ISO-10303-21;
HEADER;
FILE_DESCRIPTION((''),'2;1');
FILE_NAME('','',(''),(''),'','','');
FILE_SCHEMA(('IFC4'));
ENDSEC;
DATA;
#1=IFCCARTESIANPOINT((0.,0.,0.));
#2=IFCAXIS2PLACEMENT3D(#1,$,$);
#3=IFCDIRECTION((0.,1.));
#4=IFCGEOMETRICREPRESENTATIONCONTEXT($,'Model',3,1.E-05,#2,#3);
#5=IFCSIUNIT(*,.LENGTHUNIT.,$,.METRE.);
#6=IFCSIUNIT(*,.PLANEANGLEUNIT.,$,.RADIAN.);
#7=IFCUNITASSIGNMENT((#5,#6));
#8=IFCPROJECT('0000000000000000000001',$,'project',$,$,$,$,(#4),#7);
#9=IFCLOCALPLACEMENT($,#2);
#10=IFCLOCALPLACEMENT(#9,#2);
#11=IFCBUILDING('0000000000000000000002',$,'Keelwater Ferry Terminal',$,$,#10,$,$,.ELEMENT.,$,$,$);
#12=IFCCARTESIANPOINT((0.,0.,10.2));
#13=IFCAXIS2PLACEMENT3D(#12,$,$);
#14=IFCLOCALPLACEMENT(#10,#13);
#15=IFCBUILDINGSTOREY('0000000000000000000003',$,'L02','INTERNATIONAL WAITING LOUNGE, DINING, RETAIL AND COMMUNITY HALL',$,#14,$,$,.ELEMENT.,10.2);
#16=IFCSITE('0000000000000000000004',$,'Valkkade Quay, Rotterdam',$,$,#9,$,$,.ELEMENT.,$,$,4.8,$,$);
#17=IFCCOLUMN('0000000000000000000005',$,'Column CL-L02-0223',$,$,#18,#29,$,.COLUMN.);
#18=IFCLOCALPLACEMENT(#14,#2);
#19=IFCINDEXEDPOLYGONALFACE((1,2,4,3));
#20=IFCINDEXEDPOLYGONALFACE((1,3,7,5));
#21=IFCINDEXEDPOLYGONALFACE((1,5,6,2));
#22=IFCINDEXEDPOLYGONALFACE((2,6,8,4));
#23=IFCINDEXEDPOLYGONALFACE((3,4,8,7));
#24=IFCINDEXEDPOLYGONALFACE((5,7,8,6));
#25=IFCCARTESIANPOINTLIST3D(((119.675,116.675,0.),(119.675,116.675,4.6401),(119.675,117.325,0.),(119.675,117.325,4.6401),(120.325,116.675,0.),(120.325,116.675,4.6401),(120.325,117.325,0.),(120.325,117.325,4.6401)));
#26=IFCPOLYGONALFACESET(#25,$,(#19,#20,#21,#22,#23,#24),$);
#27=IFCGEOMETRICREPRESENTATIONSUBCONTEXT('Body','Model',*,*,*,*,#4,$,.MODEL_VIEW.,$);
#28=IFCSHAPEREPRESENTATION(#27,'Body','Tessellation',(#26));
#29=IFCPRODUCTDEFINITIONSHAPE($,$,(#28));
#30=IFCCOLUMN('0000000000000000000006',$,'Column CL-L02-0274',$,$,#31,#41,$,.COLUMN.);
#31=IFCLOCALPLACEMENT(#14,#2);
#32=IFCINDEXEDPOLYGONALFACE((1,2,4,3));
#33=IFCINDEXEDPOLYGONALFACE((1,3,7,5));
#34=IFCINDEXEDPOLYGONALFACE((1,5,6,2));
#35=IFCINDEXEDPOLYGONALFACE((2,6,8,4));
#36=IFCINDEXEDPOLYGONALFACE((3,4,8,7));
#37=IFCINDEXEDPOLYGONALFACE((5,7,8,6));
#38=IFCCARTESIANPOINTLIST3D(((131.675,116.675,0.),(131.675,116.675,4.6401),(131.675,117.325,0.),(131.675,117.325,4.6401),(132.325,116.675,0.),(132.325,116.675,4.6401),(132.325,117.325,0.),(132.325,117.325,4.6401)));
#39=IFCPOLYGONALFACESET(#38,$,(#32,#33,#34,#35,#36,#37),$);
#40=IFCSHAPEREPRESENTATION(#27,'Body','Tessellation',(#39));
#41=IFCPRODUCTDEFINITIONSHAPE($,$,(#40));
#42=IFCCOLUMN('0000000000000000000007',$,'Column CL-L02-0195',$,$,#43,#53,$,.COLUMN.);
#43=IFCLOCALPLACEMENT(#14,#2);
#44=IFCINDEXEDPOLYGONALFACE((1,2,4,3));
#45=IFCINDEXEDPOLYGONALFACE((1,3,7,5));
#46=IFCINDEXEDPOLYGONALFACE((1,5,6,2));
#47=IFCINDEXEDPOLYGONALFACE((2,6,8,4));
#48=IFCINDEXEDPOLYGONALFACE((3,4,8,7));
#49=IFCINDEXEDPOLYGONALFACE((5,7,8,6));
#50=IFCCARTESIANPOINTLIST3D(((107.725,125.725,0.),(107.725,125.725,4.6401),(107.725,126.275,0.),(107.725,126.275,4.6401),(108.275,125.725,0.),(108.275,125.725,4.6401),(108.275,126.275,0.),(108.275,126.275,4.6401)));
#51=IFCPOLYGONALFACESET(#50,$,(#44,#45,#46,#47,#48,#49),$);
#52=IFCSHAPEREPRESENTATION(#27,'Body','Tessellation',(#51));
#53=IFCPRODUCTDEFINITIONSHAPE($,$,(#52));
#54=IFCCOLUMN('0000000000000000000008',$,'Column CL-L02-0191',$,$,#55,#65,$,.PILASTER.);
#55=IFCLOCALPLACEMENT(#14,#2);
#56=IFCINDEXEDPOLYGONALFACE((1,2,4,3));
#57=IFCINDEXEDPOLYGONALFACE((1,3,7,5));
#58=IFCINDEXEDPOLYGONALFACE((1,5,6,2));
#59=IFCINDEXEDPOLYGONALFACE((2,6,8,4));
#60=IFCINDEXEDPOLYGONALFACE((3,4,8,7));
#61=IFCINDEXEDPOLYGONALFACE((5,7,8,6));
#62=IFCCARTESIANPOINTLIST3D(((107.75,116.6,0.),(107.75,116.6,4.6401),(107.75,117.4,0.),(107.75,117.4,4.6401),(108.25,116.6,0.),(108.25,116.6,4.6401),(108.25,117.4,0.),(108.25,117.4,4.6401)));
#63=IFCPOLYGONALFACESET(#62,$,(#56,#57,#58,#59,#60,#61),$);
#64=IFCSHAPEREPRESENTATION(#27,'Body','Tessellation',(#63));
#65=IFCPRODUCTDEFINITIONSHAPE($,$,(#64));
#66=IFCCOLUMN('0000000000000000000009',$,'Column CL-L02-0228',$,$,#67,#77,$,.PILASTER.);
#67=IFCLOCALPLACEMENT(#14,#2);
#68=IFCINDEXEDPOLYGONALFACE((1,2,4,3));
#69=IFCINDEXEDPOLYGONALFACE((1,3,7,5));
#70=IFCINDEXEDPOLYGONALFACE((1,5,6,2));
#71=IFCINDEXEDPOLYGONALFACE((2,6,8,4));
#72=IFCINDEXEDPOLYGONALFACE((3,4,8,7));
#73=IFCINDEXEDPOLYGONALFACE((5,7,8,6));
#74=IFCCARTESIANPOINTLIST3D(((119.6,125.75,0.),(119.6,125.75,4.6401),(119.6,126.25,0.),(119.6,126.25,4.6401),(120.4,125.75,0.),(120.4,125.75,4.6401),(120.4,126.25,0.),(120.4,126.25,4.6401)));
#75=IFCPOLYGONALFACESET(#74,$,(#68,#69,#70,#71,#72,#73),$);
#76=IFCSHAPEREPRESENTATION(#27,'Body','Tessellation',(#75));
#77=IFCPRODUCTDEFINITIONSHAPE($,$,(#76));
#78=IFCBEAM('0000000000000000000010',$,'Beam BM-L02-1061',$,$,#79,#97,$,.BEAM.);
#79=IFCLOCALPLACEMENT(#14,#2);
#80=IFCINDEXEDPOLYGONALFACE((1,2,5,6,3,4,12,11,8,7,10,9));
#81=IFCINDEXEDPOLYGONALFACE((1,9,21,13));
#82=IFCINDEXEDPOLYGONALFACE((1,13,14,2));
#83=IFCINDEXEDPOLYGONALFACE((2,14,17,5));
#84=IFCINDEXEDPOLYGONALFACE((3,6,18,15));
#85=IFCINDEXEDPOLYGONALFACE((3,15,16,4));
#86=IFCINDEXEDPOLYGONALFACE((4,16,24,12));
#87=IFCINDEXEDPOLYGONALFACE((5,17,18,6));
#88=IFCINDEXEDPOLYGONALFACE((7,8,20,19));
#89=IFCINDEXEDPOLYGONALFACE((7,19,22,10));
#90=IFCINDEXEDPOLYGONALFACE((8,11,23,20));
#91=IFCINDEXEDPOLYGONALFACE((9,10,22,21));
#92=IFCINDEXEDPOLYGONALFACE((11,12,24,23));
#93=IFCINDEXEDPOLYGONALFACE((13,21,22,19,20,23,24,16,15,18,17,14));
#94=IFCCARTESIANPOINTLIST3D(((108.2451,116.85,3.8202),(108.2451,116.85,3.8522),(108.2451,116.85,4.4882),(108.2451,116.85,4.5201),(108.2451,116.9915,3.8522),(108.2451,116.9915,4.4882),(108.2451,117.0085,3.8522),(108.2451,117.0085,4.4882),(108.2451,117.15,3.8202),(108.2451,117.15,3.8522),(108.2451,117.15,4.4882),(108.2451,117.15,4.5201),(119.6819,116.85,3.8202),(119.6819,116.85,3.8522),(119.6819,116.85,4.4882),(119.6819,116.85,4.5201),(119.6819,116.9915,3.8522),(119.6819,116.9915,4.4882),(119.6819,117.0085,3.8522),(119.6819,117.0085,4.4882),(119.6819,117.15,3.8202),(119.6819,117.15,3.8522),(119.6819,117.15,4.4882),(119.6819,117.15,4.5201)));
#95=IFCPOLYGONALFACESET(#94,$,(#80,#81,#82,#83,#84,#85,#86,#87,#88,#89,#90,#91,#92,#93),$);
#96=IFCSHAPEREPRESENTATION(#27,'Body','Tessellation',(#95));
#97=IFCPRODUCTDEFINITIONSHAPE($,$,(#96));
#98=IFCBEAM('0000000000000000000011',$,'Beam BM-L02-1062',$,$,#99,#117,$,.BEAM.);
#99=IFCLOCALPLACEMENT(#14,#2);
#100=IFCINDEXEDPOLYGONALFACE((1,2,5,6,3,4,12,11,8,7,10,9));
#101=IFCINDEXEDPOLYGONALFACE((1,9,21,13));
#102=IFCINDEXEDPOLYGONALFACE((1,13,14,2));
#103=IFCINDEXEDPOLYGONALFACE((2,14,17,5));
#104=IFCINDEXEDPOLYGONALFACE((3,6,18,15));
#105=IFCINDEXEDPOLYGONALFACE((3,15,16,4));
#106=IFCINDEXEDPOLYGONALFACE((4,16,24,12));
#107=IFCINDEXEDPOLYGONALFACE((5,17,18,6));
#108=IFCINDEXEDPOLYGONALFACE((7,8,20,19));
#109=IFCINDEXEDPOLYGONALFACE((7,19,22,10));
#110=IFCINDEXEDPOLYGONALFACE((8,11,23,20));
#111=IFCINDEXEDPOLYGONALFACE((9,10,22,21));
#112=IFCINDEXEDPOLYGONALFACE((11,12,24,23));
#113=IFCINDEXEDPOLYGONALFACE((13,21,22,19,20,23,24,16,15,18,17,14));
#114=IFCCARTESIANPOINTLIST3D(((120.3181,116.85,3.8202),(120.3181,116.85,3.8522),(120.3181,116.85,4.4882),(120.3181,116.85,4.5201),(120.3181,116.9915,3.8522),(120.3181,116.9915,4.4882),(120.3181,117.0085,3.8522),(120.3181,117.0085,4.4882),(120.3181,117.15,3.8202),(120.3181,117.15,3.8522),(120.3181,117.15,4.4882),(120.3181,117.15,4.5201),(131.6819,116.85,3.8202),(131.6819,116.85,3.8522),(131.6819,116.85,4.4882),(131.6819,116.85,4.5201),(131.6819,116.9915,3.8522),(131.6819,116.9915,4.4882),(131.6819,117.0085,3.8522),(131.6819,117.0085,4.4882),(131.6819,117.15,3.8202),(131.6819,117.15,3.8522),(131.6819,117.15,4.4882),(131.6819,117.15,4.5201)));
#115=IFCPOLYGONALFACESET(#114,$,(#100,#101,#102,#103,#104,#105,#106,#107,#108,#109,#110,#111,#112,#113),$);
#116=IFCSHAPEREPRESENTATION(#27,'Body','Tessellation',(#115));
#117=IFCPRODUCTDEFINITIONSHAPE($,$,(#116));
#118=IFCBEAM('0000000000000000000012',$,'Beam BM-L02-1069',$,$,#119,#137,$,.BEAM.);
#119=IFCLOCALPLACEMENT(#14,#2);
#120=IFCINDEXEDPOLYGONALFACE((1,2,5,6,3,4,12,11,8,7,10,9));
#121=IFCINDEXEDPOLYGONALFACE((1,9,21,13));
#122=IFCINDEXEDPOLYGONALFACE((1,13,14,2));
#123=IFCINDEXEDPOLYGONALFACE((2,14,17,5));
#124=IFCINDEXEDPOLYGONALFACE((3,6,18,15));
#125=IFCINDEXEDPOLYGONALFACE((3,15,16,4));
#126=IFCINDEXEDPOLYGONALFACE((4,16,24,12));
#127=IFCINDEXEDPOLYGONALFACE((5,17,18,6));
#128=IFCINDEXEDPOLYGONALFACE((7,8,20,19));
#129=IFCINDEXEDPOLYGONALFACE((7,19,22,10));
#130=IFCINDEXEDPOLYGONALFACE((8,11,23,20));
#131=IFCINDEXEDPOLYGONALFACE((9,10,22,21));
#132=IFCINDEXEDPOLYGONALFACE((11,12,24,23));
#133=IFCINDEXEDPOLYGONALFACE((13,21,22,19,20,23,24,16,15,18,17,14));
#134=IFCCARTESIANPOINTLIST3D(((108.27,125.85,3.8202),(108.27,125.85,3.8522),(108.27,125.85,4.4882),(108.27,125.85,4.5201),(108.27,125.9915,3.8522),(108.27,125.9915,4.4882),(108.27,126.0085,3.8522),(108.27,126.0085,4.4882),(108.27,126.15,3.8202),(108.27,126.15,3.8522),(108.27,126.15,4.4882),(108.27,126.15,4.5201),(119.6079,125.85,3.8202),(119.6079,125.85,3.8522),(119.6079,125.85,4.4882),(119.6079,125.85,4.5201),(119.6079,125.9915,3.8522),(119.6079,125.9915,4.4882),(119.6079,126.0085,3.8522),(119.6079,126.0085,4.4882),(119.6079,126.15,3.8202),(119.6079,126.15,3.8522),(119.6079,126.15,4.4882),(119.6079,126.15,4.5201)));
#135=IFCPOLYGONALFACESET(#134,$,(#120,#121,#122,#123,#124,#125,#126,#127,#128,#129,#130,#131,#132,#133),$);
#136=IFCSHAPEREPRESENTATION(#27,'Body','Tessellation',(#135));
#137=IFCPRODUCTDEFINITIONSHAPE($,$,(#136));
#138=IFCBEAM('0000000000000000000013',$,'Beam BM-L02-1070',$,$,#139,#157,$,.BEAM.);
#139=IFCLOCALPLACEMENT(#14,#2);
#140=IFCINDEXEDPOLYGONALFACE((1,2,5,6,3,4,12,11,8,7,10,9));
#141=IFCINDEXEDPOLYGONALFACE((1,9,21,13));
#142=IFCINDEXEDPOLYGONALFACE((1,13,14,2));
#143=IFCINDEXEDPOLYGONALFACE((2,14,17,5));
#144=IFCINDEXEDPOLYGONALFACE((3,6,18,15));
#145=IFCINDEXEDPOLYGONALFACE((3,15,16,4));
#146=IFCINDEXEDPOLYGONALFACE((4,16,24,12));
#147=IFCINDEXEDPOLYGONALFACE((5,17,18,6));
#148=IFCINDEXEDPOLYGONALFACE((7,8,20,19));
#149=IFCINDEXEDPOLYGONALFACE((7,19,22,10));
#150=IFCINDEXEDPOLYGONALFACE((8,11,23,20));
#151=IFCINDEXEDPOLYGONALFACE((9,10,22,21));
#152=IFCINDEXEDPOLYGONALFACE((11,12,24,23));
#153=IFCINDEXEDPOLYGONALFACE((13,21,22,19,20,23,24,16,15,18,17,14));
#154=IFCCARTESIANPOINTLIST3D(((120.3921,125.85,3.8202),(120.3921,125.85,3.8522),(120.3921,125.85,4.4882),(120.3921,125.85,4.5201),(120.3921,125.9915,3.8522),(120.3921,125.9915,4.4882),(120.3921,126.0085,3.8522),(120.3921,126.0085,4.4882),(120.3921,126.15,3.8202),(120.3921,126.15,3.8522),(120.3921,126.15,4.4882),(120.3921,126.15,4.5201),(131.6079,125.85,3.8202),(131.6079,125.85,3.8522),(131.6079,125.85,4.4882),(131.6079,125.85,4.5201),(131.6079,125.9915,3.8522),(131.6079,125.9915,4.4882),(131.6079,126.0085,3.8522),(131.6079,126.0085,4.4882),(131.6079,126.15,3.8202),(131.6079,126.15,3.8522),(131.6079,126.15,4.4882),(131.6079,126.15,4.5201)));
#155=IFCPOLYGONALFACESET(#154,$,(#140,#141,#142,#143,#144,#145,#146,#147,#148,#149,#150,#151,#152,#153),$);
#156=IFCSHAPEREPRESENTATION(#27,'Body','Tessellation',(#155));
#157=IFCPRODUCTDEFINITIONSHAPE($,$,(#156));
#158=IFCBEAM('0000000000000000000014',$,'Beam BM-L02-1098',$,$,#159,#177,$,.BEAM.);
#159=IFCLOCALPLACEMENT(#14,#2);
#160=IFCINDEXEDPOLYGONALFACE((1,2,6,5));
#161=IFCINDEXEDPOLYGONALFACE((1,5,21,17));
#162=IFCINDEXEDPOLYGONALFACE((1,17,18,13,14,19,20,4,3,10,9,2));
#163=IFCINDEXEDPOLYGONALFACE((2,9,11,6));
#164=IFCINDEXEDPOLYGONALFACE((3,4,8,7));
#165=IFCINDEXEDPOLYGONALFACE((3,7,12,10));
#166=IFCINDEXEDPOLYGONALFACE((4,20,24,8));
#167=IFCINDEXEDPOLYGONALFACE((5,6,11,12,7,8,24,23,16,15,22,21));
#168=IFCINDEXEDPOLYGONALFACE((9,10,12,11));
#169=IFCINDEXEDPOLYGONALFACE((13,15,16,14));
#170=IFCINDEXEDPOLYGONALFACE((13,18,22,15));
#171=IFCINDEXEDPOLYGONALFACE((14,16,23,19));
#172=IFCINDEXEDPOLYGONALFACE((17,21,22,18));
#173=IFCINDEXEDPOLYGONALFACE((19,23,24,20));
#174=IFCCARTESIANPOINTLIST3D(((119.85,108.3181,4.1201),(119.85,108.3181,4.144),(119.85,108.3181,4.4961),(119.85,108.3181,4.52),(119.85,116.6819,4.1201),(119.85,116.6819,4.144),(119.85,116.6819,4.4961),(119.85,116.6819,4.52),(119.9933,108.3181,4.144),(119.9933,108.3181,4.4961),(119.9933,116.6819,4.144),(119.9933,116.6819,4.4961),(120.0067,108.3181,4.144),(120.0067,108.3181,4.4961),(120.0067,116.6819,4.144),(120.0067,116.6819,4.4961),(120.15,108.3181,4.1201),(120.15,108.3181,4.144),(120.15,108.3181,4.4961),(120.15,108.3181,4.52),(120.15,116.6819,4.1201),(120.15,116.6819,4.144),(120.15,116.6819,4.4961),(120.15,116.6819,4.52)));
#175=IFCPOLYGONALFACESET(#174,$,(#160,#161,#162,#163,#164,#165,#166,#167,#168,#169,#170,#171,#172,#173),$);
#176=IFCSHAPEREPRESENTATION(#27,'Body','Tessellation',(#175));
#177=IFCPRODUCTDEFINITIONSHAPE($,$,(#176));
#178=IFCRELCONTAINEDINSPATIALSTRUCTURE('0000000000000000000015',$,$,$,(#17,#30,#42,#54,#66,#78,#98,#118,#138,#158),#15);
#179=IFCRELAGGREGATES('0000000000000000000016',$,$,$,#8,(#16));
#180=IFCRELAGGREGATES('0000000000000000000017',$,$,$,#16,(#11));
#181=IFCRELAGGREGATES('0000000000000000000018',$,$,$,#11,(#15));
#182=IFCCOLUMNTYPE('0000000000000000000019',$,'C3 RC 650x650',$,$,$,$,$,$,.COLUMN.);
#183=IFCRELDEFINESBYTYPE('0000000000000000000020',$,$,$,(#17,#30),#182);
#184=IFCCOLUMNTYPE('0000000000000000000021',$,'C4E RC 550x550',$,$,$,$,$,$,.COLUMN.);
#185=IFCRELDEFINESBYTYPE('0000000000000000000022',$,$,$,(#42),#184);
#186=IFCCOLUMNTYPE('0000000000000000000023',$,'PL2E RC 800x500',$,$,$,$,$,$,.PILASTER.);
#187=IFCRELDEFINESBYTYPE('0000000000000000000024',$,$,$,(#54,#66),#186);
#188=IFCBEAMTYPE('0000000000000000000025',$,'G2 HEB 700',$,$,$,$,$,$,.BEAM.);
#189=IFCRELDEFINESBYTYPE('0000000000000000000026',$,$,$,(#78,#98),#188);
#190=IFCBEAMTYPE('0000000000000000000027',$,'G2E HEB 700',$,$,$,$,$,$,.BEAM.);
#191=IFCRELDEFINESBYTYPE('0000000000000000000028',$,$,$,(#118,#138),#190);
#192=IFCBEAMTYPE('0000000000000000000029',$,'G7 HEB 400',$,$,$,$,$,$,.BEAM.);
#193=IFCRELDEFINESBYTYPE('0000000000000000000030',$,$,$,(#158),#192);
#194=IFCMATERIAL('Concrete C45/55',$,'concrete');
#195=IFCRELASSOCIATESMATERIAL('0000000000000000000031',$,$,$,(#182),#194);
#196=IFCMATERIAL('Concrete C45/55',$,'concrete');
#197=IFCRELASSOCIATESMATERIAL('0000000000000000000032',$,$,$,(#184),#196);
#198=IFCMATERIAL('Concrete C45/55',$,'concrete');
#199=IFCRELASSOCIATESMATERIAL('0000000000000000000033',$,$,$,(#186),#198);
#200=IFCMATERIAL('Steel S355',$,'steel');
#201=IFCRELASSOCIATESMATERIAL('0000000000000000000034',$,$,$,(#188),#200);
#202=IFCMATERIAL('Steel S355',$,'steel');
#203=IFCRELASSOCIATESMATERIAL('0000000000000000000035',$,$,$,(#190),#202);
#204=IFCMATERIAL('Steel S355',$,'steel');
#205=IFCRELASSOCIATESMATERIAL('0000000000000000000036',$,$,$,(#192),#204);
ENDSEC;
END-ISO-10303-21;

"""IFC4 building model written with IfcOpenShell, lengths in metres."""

from ifc_helpers import new_model, si_unit, direction, frame, origin, origin_2d, place, context, subcontext, project, spatial, rectangle, i_section, extrude, material, material_profile, profile_set, type_object, element, save


model = new_model("IFC4")

# Units and contexts
model_context = context("Model", 3, precision=1e-05, world=origin(), true_north=direction((0.0, 1.0)))
body_context = subcontext(model_context, "Body", "Model", "MODEL_VIEW")
ifc_project = project(units=[si_unit("LENGTHUNIT", "METRE"), si_unit("PLANEANGLEUNIT", "RADIAN")], contexts=[model_context])

# Site, building, storey
site_placement = place(None, origin())
site = spatial("IfcSite", under=ifc_project, at=site_placement, Name="Valkkade Quay, Rotterdam", CompositionType="ELEMENT", RefElevation=4.8)
building_placement = place(site_placement, origin())
building = spatial("IfcBuilding", under=site, at=building_placement, Name="Keelwater Ferry Terminal", CompositionType="ELEMENT")
storey_placement = place(building_placement, frame((0.0, 0.0, 10.2)))
storey = spatial("IfcBuildingStorey", under=building, at=storey_placement, Name="L02", Description="INTERNATIONAL WAITING LOUNGE, DINING, RETAIL AND COMMUNITY HALL", CompositionType="ELEMENT", Elevation=10.2)

# Columns
ifc_material_1 = material(Name="Concrete C45/55", Category="concrete")
ifc_material_profile_1 = material_profile(ifc_material_1, rectangle(XDim=0.6499, YDim=0.6499, at=origin_2d()), Name="RC 650x650")
ifc_profile_set_1 = profile_set([ifc_material_profile_1], Name="Concrete C45/55")
column_type_1 = type_object("IfcColumnType", Name="C3 RC 650x650", PredefinedType="COLUMN", material=ifc_profile_set_1)
for number, where, z_axis, x_axis, name in (
    (1, (120.0, 117.0, 0.0), (0.0, 0.0, 1.0), (1.0, 0.0, 0.0), "Column CL-L02-0223"),
    (2, (132.0, 117.0, 0.0), (0.0, 0.0, 1.0), (1.0, 0.0, 0.0), "Column CL-L02-0274"),
):
    element("IfcColumn", number, at=place(storey_placement, frame(where, z_axis=z_axis, x_axis=x_axis)), inside=storey, type_object=column_type_1, Name=name, PredefinedType="COLUMN", context=body_context, shape_type="SweptSolid", body=[
        extrude(rectangle(XDim=0.6499, YDim=0.6499, at=origin_2d()), origin(), (0.0, 0.0, 1.0), 4.6401),
    ])
ifc_material_2 = material(Name="Concrete C45/55", Category="concrete")
ifc_material_profile_2 = material_profile(ifc_material_2, rectangle(XDim=0.55, YDim=0.55, at=origin_2d()), Name="RC 550x550")
ifc_profile_set_2 = profile_set([ifc_material_profile_2], Name="Concrete C45/55")
column_type_2 = type_object("IfcColumnType", Name="C4E RC 550x550", PredefinedType="COLUMN", material=ifc_profile_set_2)
column_placement = place(storey_placement, frame((108.0, 126.0, 0.0), z_axis=(0.0, 0.0, 1.0), x_axis=(1.0, 0.0, 0.0)))
element("IfcColumn", 3, at=column_placement, inside=storey, type_object=column_type_2, Name="Column CL-L02-0195", PredefinedType="COLUMN", context=body_context, shape_type="SweptSolid", body=[
    extrude(rectangle(XDim=0.55, YDim=0.55, at=origin_2d()), origin(), (0.0, 0.0, 1.0), 4.6401),
])
ifc_material_3 = material(Name="Concrete C45/55", Category="concrete")
ifc_material_profile_3 = material_profile(ifc_material_3, rectangle(XDim=0.5, YDim=0.8, at=origin_2d()), Name="RC 800x500")
ifc_profile_set_3 = profile_set([ifc_material_profile_3], Name="Concrete C45/55")
column_type_3 = type_object("IfcColumnType", Name="PL2E RC 800x500", PredefinedType="PILASTER", material=ifc_profile_set_3)
for number, where, z_axis, x_axis, name in (
    (4, (108.0, 117.0, 0.0), (0.0, 0.0, 1.0), (1.0, 0.0, 0.0), "Column CL-L02-0191"),
    (5, (120.0, 126.0, 0.0), (0.0, 0.0, 1.0), (0.0, 1.0, 0.0), "Column CL-L02-0228"),
):
    element("IfcColumn", number, at=place(storey_placement, frame(where, z_axis=z_axis, x_axis=x_axis)), inside=storey, type_object=column_type_3, Name=name, PredefinedType="PILASTER", context=body_context, shape_type="SweptSolid", body=[
        extrude(rectangle(XDim=0.5, YDim=0.8, at=origin_2d()), origin(), (0.0, 0.0, 1.0), 4.6401),
    ])

# Beams
ifc_material_4 = material(Name="Steel S355", Category="steel")
ifc_material_profile_4 = material_profile(ifc_material_4, i_section(OverallWidth=0.3, OverallDepth=0.7, WebThickness=0.0171, FlangeThickness=0.032, at=origin_2d()), Name="HEB 700")
ifc_profile_set_4 = profile_set([ifc_material_profile_4], Name="Steel S355")
beam_type_1 = type_object("IfcBeamType", Name="G2 HEB 700", PredefinedType="BEAM", material=ifc_profile_set_4)
beam_1_placement = place(storey_placement, frame((108.2451, 117.0, 4.1702), z_axis=(1.0, 0.0, 0.0), x_axis=(0.0, 1.0, 0.0)))
element("IfcBeam", 6, at=beam_1_placement, inside=storey, type_object=beam_type_1, Name="Beam BM-L02-1061", PredefinedType="BEAM", context=body_context, shape_type="SweptSolid", body=[
    extrude(i_section(OverallWidth=0.3, OverallDepth=0.7, WebThickness=0.0171, FlangeThickness=0.032, at=origin_2d()), origin(), (0.0, 0.0, 1.0), 11.4368),
])
beam_2_placement = place(storey_placement, frame((120.3181, 117.0, 4.1702), z_axis=(1.0, 0.0, 0.0), x_axis=(0.0, 1.0, 0.0)))
element("IfcBeam", 7, at=beam_2_placement, inside=storey, type_object=beam_type_1, Name="Beam BM-L02-1062", PredefinedType="BEAM", context=body_context, shape_type="SweptSolid", body=[
    extrude(i_section(OverallWidth=0.3, OverallDepth=0.7, WebThickness=0.0171, FlangeThickness=0.032, at=origin_2d()), origin(), (0.0, 0.0, 1.0), 11.3638),
])
ifc_material_5 = material(Name="Steel S355", Category="steel")
ifc_material_profile_5 = material_profile(ifc_material_5, i_section(OverallWidth=0.3, OverallDepth=0.7, WebThickness=0.0171, FlangeThickness=0.032, at=origin_2d()), Name="HEB 700")
ifc_profile_set_5 = profile_set([ifc_material_profile_5], Name="Steel S355")
beam_type_2 = type_object("IfcBeamType", Name="G2E HEB 700", PredefinedType="BEAM", material=ifc_profile_set_5)
beam_3_placement = place(storey_placement, frame((108.27, 126.0, 4.1702), z_axis=(1.0, 0.0, 0.0), x_axis=(0.0, 1.0, 0.0)))
element("IfcBeam", 8, at=beam_3_placement, inside=storey, type_object=beam_type_2, Name="Beam BM-L02-1069", PredefinedType="BEAM", context=body_context, shape_type="SweptSolid", body=[
    extrude(i_section(OverallWidth=0.3, OverallDepth=0.7, WebThickness=0.0171, FlangeThickness=0.032, at=origin_2d()), origin(), (0.0, 0.0, 1.0), 11.3379),
])
beam_4_placement = place(storey_placement, frame((120.3921, 126.0, 4.1702), z_axis=(1.0, 0.0, 0.0), x_axis=(0.0, 1.0, 0.0)))
element("IfcBeam", 9, at=beam_4_placement, inside=storey, type_object=beam_type_2, Name="Beam BM-L02-1070", PredefinedType="BEAM", context=body_context, shape_type="SweptSolid", body=[
    extrude(i_section(OverallWidth=0.3, OverallDepth=0.7, WebThickness=0.0171, FlangeThickness=0.032, at=origin_2d()), origin(), (0.0, 0.0, 1.0), 11.2158),
])
ifc_material_6 = material(Name="Steel S355", Category="steel")
ifc_material_profile_6 = material_profile(ifc_material_6, i_section(OverallWidth=0.3, OverallDepth=0.3999, WebThickness=0.0134, FlangeThickness=0.0239, at=origin_2d()), Name="HEB 400")
ifc_profile_set_6 = profile_set([ifc_material_profile_6], Name="Steel S355")
beam_type_3 = type_object("IfcBeamType", Name="G7 HEB 400", PredefinedType="BEAM", material=ifc_profile_set_6)
beam_5_placement = place(storey_placement, frame((120.0, 108.3181, 4.3201), z_axis=(0.0, 1.0, 0.0), x_axis=(-1.0, 0.0, 0.0)))
element("IfcBeam", 10, at=beam_5_placement, inside=storey, type_object=beam_type_3, Name="Beam BM-L02-1098", PredefinedType="BEAM", context=body_context, shape_type="SweptSolid", body=[
    extrude(i_section(OverallWidth=0.3, OverallDepth=0.3999, WebThickness=0.0134, FlangeThickness=0.0239, at=origin_2d()), origin(), (0.0, 0.0, 1.0), 8.3638),
])

save(model, "model.ifc")
